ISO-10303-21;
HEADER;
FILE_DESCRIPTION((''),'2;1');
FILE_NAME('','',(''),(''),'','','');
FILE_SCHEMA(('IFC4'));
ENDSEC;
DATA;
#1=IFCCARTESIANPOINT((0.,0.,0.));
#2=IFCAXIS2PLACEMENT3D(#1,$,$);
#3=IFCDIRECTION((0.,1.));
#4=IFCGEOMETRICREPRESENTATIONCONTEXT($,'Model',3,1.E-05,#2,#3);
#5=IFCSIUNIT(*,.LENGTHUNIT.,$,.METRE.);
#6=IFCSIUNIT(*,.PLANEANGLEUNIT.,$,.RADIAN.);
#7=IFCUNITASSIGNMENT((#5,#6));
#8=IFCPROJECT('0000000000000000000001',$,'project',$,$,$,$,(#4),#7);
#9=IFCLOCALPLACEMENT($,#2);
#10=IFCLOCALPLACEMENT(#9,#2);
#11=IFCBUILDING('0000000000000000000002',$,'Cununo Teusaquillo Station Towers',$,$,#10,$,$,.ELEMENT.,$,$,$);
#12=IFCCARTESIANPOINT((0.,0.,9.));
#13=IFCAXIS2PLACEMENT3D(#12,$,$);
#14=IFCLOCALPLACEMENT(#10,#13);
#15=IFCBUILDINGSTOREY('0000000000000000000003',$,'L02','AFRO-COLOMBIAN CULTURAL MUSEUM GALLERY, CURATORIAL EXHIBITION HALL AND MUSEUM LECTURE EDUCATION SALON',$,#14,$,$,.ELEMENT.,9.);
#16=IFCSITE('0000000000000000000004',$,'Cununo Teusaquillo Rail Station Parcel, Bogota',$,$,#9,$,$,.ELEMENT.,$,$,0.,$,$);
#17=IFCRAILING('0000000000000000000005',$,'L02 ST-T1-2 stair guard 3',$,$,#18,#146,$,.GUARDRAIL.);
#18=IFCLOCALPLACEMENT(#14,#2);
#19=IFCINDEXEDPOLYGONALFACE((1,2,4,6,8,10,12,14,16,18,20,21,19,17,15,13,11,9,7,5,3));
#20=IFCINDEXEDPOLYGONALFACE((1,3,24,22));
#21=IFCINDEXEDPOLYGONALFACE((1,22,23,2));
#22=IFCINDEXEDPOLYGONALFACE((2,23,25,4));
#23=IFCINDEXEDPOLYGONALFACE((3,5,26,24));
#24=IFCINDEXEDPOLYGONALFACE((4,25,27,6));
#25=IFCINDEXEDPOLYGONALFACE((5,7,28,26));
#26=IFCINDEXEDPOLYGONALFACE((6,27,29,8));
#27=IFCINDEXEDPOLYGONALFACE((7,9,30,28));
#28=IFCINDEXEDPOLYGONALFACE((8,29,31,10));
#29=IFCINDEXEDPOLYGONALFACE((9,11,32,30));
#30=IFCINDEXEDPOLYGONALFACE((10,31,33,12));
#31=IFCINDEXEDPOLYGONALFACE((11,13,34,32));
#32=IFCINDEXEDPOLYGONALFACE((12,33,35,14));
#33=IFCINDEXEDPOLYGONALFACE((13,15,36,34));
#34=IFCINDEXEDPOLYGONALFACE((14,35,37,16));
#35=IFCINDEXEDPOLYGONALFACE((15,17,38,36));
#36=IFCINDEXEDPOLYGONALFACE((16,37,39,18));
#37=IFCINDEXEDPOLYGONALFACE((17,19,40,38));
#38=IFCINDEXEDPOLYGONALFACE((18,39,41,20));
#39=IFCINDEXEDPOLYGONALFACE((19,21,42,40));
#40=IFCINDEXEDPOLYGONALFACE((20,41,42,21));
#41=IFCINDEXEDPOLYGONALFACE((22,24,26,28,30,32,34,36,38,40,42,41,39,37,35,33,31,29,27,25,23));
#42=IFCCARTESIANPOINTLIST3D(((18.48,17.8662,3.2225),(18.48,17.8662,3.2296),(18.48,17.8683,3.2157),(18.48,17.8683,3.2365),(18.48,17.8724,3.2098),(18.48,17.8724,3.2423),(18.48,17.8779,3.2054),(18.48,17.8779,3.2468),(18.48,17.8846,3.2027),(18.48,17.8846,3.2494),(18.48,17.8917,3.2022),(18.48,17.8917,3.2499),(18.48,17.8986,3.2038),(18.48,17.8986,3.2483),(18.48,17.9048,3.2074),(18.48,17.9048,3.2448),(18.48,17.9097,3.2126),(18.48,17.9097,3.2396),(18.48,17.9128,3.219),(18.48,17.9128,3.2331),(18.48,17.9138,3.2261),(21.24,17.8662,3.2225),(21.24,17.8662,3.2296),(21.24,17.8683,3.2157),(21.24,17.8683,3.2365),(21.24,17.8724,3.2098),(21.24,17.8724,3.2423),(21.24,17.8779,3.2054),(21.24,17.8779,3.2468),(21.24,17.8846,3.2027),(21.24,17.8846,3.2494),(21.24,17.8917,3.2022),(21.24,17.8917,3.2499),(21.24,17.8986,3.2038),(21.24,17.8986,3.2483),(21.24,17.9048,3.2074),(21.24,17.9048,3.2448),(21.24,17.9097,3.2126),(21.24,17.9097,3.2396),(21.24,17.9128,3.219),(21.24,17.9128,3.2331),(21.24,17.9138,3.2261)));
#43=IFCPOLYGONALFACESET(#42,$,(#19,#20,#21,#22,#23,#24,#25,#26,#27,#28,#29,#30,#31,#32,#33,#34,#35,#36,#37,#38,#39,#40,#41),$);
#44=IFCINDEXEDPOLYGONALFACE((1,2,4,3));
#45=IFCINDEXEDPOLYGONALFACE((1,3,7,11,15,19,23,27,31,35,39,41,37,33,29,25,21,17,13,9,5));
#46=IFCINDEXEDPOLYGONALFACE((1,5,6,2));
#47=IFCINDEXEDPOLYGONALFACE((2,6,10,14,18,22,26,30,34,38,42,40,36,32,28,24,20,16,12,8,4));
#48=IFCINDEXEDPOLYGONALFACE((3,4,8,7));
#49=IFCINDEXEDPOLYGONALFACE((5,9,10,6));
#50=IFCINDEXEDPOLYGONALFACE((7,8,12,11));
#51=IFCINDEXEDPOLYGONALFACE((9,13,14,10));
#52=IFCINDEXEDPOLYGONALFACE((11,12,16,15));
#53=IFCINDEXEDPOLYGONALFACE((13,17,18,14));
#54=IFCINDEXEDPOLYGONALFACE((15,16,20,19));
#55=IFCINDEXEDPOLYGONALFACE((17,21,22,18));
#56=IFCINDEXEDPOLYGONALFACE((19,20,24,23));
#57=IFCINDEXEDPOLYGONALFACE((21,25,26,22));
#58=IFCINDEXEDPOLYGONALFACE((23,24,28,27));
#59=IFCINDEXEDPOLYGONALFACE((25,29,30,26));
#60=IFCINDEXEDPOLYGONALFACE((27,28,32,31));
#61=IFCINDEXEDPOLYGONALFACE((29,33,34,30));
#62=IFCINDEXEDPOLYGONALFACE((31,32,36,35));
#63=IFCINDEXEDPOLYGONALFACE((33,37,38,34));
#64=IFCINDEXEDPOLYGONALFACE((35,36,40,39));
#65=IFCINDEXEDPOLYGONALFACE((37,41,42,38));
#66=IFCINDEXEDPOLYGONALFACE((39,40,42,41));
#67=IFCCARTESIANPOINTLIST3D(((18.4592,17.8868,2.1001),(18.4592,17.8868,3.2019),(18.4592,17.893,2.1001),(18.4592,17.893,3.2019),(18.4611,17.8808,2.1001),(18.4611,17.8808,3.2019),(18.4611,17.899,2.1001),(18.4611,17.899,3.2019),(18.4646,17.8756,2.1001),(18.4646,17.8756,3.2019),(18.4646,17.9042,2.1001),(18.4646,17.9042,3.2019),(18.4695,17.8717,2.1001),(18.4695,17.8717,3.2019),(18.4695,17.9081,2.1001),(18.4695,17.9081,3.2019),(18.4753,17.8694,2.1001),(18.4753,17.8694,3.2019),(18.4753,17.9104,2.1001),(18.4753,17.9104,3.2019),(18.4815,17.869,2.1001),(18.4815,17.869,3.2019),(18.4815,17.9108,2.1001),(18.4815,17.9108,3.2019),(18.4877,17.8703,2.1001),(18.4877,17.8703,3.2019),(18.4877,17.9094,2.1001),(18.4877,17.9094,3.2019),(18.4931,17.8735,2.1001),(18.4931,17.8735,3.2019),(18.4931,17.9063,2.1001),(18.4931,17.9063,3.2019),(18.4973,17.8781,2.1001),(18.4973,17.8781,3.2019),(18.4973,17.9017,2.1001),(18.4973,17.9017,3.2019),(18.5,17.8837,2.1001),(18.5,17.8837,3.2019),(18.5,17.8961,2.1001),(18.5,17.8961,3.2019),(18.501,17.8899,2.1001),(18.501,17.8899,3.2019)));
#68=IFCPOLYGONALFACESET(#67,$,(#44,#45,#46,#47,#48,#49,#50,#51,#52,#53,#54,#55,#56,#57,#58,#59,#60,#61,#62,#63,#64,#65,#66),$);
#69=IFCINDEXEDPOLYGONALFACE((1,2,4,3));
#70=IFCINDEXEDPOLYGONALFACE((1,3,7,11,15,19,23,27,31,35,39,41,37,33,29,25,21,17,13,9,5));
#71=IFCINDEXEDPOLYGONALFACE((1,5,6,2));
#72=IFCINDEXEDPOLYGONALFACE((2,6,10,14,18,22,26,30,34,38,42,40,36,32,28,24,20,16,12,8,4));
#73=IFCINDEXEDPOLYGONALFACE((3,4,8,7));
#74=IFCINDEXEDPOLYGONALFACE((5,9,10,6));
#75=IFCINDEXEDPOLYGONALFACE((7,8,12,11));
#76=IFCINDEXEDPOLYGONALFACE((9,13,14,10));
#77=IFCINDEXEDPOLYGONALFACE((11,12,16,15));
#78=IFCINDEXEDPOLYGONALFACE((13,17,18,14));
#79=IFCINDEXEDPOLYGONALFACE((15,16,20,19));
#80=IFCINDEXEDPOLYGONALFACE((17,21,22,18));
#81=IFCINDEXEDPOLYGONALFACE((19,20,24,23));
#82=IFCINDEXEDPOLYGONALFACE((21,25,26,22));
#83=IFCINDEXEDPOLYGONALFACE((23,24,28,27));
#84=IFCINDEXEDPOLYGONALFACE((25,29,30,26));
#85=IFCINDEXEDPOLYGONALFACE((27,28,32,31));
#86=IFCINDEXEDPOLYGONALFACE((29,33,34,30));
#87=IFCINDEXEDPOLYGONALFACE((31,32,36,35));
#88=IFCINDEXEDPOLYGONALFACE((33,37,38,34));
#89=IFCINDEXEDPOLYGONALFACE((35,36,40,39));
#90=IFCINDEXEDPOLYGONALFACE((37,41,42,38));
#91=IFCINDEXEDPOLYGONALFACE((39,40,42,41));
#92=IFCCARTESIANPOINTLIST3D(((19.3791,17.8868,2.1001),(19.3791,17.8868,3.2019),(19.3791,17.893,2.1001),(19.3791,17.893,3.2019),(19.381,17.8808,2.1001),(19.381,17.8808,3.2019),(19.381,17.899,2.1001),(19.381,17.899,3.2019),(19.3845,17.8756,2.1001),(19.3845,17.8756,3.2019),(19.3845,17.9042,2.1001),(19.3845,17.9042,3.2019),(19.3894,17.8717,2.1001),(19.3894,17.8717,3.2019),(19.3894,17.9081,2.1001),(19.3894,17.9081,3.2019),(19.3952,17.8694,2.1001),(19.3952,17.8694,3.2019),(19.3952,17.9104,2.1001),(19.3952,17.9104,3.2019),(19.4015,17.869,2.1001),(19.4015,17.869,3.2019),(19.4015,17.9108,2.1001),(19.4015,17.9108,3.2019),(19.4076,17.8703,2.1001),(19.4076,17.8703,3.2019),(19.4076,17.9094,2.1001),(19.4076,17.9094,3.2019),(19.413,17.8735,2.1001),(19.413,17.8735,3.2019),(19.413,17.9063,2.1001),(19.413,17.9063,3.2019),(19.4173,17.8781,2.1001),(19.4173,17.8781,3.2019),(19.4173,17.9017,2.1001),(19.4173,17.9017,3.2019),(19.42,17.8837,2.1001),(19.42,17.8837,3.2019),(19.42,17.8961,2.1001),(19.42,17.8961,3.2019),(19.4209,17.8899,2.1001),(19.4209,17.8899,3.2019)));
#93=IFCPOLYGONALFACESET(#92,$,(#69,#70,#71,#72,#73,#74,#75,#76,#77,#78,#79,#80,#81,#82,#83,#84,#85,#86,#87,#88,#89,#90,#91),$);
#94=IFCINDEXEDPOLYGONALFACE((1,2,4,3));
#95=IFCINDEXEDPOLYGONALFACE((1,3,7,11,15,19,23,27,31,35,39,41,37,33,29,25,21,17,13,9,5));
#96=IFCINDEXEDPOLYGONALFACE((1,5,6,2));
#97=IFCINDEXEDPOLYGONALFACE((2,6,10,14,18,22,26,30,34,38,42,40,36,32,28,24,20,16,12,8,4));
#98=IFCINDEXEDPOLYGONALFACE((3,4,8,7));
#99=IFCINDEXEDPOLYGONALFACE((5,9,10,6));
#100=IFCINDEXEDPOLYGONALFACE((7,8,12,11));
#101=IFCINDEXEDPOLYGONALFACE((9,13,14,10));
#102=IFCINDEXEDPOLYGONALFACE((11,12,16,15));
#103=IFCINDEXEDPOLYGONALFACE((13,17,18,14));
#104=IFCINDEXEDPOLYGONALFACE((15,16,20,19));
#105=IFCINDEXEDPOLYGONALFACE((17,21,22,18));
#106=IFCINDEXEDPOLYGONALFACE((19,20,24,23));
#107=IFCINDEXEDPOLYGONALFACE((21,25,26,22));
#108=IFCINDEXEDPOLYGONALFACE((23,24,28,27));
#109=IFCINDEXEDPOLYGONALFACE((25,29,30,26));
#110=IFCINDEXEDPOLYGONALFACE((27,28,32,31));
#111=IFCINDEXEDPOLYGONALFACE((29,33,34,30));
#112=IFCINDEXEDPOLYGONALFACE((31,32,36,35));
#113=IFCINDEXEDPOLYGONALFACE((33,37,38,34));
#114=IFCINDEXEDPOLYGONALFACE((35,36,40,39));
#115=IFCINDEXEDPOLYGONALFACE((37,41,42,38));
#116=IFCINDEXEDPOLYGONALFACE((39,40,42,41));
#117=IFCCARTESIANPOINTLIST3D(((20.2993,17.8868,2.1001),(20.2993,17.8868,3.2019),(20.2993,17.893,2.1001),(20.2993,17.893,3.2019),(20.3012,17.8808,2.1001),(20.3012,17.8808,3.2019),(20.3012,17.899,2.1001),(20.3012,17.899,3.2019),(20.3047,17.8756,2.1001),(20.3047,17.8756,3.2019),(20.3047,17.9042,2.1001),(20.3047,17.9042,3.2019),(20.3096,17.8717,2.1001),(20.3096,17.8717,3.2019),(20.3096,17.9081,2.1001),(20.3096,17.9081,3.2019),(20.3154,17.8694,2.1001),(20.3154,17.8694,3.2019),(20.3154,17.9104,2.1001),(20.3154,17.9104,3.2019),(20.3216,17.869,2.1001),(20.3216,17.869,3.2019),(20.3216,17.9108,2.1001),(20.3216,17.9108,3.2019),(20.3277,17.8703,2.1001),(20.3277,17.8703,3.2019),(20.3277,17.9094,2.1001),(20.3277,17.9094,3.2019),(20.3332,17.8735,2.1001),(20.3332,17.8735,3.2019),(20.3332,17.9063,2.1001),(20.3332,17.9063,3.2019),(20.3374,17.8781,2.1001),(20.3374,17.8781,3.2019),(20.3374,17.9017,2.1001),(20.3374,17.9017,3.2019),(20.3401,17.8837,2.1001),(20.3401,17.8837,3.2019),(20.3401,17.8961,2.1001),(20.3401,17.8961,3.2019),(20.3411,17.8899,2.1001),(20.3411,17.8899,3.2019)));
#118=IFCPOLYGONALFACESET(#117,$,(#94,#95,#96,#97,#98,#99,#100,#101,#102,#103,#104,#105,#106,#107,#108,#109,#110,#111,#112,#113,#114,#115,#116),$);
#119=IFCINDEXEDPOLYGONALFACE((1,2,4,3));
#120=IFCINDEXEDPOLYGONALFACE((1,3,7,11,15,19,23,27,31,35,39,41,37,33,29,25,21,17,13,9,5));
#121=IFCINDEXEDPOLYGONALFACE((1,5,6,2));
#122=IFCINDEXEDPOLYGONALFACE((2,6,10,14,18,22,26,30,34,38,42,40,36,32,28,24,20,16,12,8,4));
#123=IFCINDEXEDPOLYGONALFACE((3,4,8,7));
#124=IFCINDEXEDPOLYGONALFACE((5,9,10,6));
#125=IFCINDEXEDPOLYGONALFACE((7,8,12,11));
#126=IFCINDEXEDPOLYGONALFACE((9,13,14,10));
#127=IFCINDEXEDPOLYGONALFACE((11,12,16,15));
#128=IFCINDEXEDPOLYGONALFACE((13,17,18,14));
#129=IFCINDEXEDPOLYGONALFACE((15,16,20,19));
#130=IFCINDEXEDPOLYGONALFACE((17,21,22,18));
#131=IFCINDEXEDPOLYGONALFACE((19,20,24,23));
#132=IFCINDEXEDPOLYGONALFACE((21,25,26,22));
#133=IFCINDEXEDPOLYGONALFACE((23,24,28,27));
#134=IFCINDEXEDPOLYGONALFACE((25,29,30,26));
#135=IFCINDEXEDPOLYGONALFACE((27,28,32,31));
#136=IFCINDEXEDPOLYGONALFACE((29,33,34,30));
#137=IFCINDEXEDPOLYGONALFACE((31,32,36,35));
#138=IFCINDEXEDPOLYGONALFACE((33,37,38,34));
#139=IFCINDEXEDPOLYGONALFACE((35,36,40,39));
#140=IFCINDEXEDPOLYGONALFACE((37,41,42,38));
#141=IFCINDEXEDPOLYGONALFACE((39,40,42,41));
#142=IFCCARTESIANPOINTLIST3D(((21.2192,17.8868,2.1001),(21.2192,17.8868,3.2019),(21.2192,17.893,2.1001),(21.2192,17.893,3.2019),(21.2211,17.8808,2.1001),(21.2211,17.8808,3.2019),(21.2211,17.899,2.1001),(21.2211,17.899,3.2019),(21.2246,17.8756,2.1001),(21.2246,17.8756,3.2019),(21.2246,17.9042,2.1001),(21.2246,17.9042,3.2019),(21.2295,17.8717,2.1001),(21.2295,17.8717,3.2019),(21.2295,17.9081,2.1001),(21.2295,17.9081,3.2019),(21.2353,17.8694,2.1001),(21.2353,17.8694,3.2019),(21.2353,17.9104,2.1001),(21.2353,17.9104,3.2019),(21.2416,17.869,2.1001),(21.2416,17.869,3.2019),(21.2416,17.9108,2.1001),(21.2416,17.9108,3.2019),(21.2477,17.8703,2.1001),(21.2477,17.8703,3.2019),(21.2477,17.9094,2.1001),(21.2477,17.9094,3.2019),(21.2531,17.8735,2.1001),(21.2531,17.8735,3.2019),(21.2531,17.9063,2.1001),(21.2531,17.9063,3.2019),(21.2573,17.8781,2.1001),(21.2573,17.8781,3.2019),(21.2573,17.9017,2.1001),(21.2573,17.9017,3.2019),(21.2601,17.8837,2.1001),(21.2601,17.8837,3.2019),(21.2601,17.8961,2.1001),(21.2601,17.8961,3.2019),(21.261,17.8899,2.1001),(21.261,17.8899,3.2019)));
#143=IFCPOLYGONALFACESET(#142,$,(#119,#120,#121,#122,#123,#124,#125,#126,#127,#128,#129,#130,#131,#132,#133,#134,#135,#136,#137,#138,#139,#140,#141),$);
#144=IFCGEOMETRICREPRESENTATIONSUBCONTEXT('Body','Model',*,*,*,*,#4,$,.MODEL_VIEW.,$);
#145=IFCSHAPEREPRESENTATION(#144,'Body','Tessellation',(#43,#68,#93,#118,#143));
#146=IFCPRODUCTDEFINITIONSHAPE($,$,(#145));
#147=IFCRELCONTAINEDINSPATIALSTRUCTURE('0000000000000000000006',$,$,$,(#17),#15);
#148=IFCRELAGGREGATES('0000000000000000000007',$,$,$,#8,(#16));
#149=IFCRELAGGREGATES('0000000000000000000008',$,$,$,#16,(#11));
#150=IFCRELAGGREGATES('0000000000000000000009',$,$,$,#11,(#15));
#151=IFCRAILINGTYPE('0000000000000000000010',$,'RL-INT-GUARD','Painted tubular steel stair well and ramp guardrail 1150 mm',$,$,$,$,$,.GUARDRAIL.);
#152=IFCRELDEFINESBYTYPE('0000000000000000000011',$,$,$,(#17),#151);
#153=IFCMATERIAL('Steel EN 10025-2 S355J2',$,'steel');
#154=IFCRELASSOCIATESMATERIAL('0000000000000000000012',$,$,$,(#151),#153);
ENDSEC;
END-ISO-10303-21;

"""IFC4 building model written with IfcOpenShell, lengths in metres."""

from ifc_helpers import new_model, si_unit, direction, frame, origin, origin_2d, place, context, subcontext, project, spatial, circle, extrude, material, type_object, element, save


model = new_model("IFC4")

# Units and contexts
model_context = context("Model", 3, precision=1e-05, world=origin(), true_north=direction((0.0, 1.0)))
body_context = subcontext(model_context, "Body", "Model", "MODEL_VIEW")
ifc_project = project(units=[si_unit("LENGTHUNIT", "METRE"), si_unit("PLANEANGLEUNIT", "RADIAN")], contexts=[model_context])

# Site, building, storey
site_placement = place(None, origin())
site = spatial("IfcSite", under=ifc_project, at=site_placement, Name="Cununo Teusaquillo Rail Station Parcel, Bogota", CompositionType="ELEMENT", RefElevation=0.0)
building_placement = place(site_placement, origin())
building = spatial("IfcBuilding", under=site, at=building_placement, Name="Cununo Teusaquillo Station Towers", CompositionType="ELEMENT")
storey_placement = place(building_placement, frame((0.0, 0.0, 9.0)))
storey = spatial("IfcBuildingStorey", under=building, at=storey_placement, Name="L02", Description="AFRO-COLOMBIAN CULTURAL MUSEUM GALLERY, CURATORIAL EXHIBITION HALL AND MUSEUM LECTURE EDUCATION SALON", CompositionType="ELEMENT", Elevation=9.0)

# Railing
ifc_material_1 = material(Name="Steel EN 10025-2 S355J2", Category="steel")
railing_type_1 = type_object("IfcRailingType", Name="RL-INT-GUARD", Description="Painted tubular steel stair well and ramp guardrail 1150 mm", PredefinedType="GUARDRAIL", material=ifc_material_1)
railing_1_placement = place(storey_placement, frame((18.48, 17.8899, 2.1001)))
element("IfcRailing", 1, at=railing_1_placement, inside=storey, type_object=railing_type_1, Name="L02 ST-T1-2 stair guard 3", PredefinedType="GUARDRAIL", context=body_context, shape_type="SweptSolid", body=[
    extrude(circle(Radius=0.0239, at=origin_2d()), frame((0.0, 0.0, 1.126), z_axis=(1.0, 0.0, 0.0), x_axis=(0.0, 1.0, 0.0)), (0.0, 0.0, 1.0), 2.76),
    extrude(circle(Radius=0.021, at=origin_2d()), origin(), (0.0, 0.0, 1.0), 1.1018),
    extrude(circle(Radius=0.021, at=origin_2d()), frame((0.9199, 0.0, 0.0)), (0.0, 0.0, 1.0), 1.1018),
    extrude(circle(Radius=0.021, at=origin_2d()), frame((1.8401, 0.0, 0.0)), (0.0, 0.0, 1.0), 1.1018),
    extrude(circle(Radius=0.021, at=origin_2d()), frame((2.76, 0.0, 0.0)), (0.0, 0.0, 1.0), 1.1018),
])

save(model, "model.ifc")
